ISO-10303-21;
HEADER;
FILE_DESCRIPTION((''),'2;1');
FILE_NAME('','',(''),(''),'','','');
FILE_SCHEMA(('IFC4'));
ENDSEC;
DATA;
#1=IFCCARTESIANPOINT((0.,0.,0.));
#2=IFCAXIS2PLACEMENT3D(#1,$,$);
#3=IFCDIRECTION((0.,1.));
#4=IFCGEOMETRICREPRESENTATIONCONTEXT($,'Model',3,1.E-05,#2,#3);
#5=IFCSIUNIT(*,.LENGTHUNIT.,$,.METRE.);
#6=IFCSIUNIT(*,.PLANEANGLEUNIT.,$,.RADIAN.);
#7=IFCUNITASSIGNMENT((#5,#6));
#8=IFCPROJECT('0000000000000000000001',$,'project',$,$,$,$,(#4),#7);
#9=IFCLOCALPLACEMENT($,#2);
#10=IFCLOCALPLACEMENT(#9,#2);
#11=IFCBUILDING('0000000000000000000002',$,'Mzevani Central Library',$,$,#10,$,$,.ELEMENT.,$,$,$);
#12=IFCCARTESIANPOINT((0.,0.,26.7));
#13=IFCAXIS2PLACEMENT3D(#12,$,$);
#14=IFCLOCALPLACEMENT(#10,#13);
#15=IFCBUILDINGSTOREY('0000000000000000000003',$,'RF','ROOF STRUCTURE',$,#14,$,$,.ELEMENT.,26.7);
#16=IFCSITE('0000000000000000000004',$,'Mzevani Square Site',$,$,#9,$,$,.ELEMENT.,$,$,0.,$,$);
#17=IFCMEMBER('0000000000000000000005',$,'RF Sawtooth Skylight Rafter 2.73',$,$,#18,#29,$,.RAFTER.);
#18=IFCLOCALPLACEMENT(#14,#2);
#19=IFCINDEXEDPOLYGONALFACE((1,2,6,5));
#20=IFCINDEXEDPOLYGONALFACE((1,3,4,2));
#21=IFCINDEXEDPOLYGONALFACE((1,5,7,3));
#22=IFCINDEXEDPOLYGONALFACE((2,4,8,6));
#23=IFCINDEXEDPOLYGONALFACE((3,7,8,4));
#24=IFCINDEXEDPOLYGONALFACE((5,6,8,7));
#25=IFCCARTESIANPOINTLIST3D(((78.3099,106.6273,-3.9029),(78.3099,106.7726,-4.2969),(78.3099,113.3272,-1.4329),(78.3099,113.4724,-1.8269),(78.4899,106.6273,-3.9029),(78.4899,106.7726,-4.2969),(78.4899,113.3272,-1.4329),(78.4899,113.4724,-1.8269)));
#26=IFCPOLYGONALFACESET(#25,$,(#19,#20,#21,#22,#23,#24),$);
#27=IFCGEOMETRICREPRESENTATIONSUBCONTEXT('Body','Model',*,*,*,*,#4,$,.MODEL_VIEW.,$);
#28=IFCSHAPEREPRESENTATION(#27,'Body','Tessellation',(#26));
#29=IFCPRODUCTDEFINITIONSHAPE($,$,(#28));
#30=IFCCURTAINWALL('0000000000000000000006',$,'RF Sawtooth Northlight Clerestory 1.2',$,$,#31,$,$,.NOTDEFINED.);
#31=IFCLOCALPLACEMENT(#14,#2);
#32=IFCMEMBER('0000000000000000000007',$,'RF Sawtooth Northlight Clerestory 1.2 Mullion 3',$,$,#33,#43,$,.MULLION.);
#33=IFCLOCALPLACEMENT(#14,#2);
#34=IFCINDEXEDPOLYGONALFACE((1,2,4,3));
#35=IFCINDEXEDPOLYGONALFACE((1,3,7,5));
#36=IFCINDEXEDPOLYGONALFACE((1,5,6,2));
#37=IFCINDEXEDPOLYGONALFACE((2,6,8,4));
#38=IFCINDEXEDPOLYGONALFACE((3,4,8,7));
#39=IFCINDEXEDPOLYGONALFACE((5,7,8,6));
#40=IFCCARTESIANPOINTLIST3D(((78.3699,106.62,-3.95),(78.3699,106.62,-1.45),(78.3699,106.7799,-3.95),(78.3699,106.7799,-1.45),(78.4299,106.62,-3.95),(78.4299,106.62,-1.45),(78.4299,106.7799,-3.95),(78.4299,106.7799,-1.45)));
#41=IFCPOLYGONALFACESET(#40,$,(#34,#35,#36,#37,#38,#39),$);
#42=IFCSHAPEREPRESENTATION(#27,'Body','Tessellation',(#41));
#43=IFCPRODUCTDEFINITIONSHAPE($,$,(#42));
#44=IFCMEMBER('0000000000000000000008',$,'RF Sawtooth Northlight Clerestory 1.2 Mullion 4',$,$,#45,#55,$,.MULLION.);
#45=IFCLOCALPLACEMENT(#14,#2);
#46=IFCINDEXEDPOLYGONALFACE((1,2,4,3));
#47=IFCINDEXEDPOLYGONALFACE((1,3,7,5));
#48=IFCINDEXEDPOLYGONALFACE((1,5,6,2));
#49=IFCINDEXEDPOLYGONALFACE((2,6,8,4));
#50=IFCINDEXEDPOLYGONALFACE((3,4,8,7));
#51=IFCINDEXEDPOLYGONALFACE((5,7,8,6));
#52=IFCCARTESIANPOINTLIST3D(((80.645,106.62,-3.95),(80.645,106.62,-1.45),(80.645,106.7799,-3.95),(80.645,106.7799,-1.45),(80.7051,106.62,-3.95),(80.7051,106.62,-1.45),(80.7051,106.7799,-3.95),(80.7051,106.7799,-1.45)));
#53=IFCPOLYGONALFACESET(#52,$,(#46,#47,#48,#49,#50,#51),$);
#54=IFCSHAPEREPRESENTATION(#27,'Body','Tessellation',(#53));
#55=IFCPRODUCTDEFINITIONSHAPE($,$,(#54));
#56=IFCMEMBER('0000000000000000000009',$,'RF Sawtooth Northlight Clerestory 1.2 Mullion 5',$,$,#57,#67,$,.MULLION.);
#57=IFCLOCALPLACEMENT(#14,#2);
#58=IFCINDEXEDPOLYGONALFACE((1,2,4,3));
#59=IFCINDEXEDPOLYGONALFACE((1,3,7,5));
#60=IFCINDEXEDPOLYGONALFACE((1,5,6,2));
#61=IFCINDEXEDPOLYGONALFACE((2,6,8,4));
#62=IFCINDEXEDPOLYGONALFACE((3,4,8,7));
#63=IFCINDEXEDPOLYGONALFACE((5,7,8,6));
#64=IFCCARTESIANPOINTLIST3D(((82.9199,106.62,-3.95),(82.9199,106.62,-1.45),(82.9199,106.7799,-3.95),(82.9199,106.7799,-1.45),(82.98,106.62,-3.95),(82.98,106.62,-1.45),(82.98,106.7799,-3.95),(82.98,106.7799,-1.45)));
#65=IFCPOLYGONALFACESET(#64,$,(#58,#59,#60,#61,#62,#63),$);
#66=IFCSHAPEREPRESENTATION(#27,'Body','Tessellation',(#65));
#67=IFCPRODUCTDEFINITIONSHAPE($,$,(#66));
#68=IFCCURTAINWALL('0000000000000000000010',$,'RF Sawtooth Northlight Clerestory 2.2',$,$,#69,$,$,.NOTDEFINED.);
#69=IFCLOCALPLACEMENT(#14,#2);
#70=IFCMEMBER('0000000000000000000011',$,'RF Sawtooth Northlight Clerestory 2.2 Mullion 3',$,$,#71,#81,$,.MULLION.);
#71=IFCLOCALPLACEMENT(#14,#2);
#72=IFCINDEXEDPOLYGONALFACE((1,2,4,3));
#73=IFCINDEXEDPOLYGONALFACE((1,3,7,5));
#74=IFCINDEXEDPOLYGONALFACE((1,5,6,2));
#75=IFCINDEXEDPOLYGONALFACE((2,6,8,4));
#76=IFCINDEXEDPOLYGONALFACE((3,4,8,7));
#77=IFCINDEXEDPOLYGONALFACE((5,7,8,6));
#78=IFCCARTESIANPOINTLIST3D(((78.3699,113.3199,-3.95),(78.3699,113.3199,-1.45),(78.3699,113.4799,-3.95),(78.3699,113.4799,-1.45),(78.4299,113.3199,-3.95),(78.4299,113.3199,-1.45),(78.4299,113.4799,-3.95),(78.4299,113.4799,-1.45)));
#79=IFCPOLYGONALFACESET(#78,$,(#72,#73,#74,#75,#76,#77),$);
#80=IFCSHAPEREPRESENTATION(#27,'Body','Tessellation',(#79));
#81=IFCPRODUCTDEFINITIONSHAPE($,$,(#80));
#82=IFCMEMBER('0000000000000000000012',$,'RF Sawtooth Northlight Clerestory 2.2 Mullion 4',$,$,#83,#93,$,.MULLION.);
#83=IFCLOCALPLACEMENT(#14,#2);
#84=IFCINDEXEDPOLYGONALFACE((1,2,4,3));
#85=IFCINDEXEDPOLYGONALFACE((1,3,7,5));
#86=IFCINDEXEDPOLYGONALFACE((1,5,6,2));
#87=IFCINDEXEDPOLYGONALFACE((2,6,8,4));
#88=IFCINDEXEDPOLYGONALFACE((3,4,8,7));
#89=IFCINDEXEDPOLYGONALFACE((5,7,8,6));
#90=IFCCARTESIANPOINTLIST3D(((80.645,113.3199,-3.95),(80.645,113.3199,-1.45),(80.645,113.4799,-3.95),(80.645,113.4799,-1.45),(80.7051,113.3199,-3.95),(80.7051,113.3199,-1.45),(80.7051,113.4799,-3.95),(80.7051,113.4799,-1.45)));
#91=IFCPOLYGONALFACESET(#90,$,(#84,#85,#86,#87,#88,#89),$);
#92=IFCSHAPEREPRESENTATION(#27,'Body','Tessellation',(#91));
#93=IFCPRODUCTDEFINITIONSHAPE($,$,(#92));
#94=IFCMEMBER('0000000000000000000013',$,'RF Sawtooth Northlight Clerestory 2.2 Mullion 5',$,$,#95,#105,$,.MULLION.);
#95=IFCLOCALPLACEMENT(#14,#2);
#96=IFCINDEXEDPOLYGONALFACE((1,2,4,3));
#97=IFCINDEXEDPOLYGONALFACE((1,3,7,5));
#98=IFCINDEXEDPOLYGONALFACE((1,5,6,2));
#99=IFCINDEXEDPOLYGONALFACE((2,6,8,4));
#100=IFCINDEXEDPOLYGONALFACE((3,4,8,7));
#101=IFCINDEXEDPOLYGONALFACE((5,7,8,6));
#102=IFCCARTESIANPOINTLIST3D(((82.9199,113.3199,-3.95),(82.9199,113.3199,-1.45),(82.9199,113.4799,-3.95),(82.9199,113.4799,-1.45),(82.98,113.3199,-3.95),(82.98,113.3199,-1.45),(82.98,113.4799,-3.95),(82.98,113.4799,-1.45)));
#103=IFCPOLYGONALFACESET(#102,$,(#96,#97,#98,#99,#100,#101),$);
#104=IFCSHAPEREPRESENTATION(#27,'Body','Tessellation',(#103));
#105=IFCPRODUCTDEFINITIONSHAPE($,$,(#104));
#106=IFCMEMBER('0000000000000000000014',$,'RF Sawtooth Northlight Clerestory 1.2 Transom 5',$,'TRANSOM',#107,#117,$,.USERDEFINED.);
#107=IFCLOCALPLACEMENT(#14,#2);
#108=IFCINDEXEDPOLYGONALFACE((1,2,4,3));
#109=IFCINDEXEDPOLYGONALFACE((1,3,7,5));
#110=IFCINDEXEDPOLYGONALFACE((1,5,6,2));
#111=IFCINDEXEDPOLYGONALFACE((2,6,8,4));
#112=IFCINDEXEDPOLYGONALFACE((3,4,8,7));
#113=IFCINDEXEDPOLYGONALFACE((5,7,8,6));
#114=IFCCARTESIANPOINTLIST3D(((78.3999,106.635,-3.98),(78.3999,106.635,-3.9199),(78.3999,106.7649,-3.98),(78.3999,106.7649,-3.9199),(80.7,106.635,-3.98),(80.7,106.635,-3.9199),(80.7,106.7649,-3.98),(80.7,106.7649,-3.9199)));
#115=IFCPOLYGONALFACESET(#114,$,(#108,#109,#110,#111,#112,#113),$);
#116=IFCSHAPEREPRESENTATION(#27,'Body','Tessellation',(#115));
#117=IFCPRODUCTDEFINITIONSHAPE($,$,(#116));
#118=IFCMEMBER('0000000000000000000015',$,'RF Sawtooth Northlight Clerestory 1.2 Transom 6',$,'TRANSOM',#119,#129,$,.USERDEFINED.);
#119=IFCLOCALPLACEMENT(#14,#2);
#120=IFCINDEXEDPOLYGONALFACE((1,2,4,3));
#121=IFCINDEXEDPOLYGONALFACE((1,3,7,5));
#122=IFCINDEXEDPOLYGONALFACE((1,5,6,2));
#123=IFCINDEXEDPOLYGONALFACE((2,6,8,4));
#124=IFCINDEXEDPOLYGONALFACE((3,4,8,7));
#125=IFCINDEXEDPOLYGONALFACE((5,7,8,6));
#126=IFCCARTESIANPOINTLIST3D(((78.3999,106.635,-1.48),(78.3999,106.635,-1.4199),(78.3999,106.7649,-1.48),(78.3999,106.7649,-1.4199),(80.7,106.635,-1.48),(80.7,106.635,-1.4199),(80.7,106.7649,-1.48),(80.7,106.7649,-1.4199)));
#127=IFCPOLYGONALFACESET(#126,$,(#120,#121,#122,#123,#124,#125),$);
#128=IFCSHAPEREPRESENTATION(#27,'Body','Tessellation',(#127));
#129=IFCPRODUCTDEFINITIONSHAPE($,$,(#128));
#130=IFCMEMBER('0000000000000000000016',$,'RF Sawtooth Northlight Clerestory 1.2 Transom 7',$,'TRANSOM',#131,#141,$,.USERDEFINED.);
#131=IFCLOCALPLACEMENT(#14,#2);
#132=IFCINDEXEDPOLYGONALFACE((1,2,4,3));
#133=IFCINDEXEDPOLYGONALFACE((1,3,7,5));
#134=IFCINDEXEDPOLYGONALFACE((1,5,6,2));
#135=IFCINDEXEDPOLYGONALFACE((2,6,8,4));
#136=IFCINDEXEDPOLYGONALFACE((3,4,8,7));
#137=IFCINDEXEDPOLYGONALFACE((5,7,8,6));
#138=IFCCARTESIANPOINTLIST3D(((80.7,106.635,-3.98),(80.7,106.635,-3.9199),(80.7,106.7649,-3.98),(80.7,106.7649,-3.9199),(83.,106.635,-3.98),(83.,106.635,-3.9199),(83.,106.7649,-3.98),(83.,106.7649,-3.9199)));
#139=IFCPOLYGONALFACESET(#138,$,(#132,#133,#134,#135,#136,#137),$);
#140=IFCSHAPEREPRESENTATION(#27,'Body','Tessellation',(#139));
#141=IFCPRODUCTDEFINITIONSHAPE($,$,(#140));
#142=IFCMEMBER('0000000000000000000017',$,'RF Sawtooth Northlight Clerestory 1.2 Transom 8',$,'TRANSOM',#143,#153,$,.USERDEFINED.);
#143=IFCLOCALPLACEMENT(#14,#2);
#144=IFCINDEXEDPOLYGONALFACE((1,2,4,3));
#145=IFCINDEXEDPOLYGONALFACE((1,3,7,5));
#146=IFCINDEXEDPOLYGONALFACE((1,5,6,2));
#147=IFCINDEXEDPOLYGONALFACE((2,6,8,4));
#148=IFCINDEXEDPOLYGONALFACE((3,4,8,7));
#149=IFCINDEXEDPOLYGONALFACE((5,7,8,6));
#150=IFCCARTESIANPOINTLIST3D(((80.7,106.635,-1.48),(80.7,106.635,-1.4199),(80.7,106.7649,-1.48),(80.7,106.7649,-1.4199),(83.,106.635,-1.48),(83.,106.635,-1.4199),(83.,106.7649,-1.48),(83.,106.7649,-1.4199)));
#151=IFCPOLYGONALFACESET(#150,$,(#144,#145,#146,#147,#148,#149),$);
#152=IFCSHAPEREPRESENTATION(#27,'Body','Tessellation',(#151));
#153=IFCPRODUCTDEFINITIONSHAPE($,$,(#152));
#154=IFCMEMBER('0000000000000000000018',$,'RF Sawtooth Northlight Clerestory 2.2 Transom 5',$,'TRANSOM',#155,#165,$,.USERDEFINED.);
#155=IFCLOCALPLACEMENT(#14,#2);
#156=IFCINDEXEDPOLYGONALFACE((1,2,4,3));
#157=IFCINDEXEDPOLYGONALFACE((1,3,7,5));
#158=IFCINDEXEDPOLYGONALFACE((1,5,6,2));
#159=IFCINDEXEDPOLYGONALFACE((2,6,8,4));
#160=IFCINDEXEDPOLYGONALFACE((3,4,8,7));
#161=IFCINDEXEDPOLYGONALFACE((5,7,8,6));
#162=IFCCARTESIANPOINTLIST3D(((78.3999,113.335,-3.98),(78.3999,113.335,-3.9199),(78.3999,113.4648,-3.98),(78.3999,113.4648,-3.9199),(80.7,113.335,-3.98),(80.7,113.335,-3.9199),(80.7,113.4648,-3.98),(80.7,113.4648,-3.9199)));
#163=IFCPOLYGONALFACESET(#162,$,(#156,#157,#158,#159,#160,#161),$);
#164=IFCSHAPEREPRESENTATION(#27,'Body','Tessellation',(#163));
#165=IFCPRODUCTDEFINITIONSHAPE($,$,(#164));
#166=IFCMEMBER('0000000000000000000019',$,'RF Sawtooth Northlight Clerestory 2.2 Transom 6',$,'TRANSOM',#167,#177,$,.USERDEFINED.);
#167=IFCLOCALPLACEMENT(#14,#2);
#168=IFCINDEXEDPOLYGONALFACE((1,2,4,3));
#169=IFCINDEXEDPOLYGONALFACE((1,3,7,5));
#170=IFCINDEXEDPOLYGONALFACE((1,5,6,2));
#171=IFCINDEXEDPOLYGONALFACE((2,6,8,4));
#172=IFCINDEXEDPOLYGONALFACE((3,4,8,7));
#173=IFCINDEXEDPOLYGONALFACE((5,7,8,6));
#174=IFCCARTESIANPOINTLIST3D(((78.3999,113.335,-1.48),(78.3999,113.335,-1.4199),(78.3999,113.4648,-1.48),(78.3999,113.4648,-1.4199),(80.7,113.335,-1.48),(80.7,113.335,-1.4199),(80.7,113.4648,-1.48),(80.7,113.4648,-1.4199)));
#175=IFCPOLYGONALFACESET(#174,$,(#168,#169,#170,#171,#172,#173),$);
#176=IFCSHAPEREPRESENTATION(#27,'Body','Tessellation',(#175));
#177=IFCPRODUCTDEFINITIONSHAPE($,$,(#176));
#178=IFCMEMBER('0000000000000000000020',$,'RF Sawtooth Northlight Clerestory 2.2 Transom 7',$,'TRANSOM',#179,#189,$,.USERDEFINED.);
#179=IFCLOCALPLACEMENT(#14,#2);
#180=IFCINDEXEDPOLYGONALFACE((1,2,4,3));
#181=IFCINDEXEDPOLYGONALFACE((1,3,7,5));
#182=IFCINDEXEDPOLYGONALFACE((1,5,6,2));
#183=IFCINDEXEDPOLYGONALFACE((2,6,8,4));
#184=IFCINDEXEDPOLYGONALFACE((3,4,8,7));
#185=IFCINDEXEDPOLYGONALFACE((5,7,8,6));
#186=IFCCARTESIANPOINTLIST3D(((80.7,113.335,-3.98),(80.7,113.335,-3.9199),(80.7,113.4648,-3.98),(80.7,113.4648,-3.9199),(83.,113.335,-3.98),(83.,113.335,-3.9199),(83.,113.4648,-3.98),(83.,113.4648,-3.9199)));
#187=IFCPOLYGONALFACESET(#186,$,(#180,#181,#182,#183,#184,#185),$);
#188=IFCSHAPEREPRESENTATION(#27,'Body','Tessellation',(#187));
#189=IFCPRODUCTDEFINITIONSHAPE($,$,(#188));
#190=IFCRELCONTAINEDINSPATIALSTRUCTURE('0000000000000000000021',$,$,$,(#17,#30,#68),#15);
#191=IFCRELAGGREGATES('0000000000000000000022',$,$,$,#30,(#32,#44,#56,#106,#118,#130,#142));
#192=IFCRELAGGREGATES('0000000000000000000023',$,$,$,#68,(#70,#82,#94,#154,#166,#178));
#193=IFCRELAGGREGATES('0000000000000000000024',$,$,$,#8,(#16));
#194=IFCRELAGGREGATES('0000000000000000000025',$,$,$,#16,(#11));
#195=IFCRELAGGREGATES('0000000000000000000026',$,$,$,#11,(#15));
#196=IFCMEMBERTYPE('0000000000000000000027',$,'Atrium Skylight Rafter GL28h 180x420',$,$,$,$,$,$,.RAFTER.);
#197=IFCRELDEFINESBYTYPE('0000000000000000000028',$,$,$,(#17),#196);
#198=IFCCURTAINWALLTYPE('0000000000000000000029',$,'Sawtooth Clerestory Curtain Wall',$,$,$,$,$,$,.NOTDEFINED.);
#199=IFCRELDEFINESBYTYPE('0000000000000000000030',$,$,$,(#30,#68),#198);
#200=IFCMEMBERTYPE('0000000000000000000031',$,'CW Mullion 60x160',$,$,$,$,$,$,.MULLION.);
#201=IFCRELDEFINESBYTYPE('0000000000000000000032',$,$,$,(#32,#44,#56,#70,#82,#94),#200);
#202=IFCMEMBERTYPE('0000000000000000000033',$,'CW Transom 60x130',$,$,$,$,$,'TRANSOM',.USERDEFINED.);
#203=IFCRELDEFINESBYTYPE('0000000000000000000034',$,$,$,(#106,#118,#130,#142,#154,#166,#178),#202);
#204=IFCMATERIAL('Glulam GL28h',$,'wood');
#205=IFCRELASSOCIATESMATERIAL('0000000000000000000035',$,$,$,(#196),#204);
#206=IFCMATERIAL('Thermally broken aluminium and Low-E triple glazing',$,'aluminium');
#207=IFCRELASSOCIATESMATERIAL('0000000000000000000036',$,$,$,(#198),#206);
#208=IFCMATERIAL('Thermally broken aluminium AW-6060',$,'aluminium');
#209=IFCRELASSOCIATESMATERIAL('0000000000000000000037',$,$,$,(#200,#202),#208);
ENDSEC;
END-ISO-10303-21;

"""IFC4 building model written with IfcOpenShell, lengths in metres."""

from ifc_helpers import new_model, si_unit, direction, frame, origin, origin_2d, place, context, subcontext, project, spatial, rectangle, extrude, material, material_profile, profile_set, type_object, element, aggregate, save


model = new_model("IFC4")

# Units and contexts
model_context = context("Model", 3, precision=1e-05, world=origin(), true_north=direction((0.0, 1.0)))
body_context = subcontext(model_context, "Body", "Model", "MODEL_VIEW")
ifc_project = project(units=[si_unit("LENGTHUNIT", "METRE"), si_unit("PLANEANGLEUNIT", "RADIAN")], contexts=[model_context])

# Site, building, storey
site_placement = place(None, origin())
site = spatial("IfcSite", under=ifc_project, at=site_placement, Name="Mzevani Square Site", CompositionType="ELEMENT", RefElevation=0.0)
building_placement = place(site_placement, origin())
building = spatial("IfcBuilding", under=site, at=building_placement, Name="Mzevani Central Library", CompositionType="ELEMENT")
storey_placement = place(building_placement, frame((0.0, 0.0, 26.7)))
storey = spatial("IfcBuildingStorey", under=building, at=storey_placement, Name="RF", Description="ROOF STRUCTURE", CompositionType="ELEMENT", Elevation=26.7)

# Member
ifc_material_1 = material(Name="Glulam GL28h", Category="wood")
ifc_material_profile_1 = material_profile(ifc_material_1, rectangle(XDim=0.1799, YDim=0.4199, at=origin_2d()), Name="GL28h 180x420")
ifc_profile_set_1 = profile_set([ifc_material_profile_1], Name="Glulam GL28h")
member_type_1 = type_object("IfcMemberType", Name="Atrium Skylight Rafter GL28h 180x420", PredefinedType="RAFTER", material=ifc_profile_set_1)
member_1_placement = place(storey_placement, frame((78.3999, 106.7, -4.0999), z_axis=(0.0, 0.938272, 0.345899), x_axis=(-1.0, 0.0, 0.0)))
element("IfcMember", 1, at=member_1_placement, inside=storey, type_object=member_type_1, Name="RF Sawtooth Skylight Rafter 2.73", PredefinedType="RAFTER", context=body_context, shape_type="SweptSolid", body=[
    extrude(rectangle(XDim=0.1799, YDim=0.4199, at=origin_2d()), origin(), (0.0, 0.0, 1.0), 7.1406),
])

# Curtain walls, members
ifc_material_2 = material(Name="Thermally broken aluminium and Low-E triple glazing", Category="aluminium")
curtain_wall_type = type_object("IfcCurtainWallType", Name="Sawtooth Clerestory Curtain Wall", PredefinedType="NOTDEFINED", material=ifc_material_2)
curtain_wall_1_placement = place(storey_placement, origin())
curtain_wall_1 = element("IfcCurtainWall", 2, at=curtain_wall_1_placement, inside=storey, type_object=curtain_wall_type, Name="RF Sawtooth Northlight Clerestory 1.2", PredefinedType="NOTDEFINED")
ifc_material_3 = material(Name="Thermally broken aluminium AW-6060", Category="aluminium")
ifc_material_profile_2 = material_profile(ifc_material_3, rectangle(XDim=0.0601, YDim=0.1599, at=origin_2d()), Name="ALU M60x160")
ifc_profile_set_2 = profile_set([ifc_material_profile_2], Name="Thermally broken aluminium AW-6060")
member_type_2 = type_object("IfcMemberType", Name="CW Mullion 60x160", PredefinedType="MULLION", material=ifc_profile_set_2)
member_2_placement = place(storey_placement, frame((78.3999, 106.7, -3.95), z_axis=(0.0, 0.0, 1.0), x_axis=(1.0, 0.0, 0.0)))
member_2 = element("IfcMember", 3, at=member_2_placement, type_object=member_type_2, Name="RF Sawtooth Northlight Clerestory 1.2 Mullion 3", PredefinedType="MULLION", context=body_context, shape_type="SweptSolid", body=[
    extrude(rectangle(XDim=0.0601, YDim=0.1599, at=origin_2d()), origin(), (0.0, 0.0, 1.0), 2.5),
])
member_3_placement = place(storey_placement, frame((80.675, 106.7, -3.95), z_axis=(0.0, 0.0, 1.0), x_axis=(1.0, 0.0, 0.0)))
member_3 = element("IfcMember", 4, at=member_3_placement, type_object=member_type_2, Name="RF Sawtooth Northlight Clerestory 1.2 Mullion 4", PredefinedType="MULLION", context=body_context, shape_type="SweptSolid", body=[
    extrude(rectangle(XDim=0.0601, YDim=0.1599, at=origin_2d()), origin(), (0.0, 0.0, 1.0), 2.5),
])
member_4_placement = place(storey_placement, frame((82.95, 106.7, -3.95), z_axis=(0.0, 0.0, 1.0), x_axis=(1.0, 0.0, 0.0)))
member_4 = element("IfcMember", 5, at=member_4_placement, type_object=member_type_2, Name="RF Sawtooth Northlight Clerestory 1.2 Mullion 5", PredefinedType="MULLION", context=body_context, shape_type="SweptSolid", body=[
    extrude(rectangle(XDim=0.0601, YDim=0.1599, at=origin_2d()), origin(), (0.0, 0.0, 1.0), 2.5),
])
curtain_wall_2_placement = place(storey_placement, origin())
curtain_wall_2 = element("IfcCurtainWall", 6, at=curtain_wall_2_placement, inside=storey, type_object=curtain_wall_type, Name="RF Sawtooth Northlight Clerestory 2.2", PredefinedType="NOTDEFINED")
member_5_placement = place(storey_placement, frame((78.3999, 113.3999, -3.95), z_axis=(0.0, 0.0, 1.0), x_axis=(1.0, 0.0, 0.0)))
member_5 = element("IfcMember", 7, at=member_5_placement, type_object=member_type_2, Name="RF Sawtooth Northlight Clerestory 2.2 Mullion 3", PredefinedType="MULLION", context=body_context, shape_type="SweptSolid", body=[
    extrude(rectangle(XDim=0.0601, YDim=0.1599, at=origin_2d()), origin(), (0.0, 0.0, 1.0), 2.5),
])
member_6_placement = place(storey_placement, frame((80.675, 113.3999, -3.95), z_axis=(0.0, 0.0, 1.0), x_axis=(1.0, 0.0, 0.0)))
member_6 = element("IfcMember", 8, at=member_6_placement, type_object=member_type_2, Name="RF Sawtooth Northlight Clerestory 2.2 Mullion 4", PredefinedType="MULLION", context=body_context, shape_type="SweptSolid", body=[
    extrude(rectangle(XDim=0.0601, YDim=0.1599, at=origin_2d()), origin(), (0.0, 0.0, 1.0), 2.5),
])
member_7_placement = place(storey_placement, frame((82.95, 113.3999, -3.95), z_axis=(0.0, 0.0, 1.0), x_axis=(1.0, 0.0, 0.0)))
member_7 = element("IfcMember", 9, at=member_7_placement, type_object=member_type_2, Name="RF Sawtooth Northlight Clerestory 2.2 Mullion 5", PredefinedType="MULLION", context=body_context, shape_type="SweptSolid", body=[
    extrude(rectangle(XDim=0.0601, YDim=0.1599, at=origin_2d()), origin(), (0.0, 0.0, 1.0), 2.5),
])

# Members
ifc_material_profile_3 = material_profile(ifc_material_3, rectangle(XDim=0.1299, YDim=0.0601, at=origin_2d()), Name="ALU T60x130")
ifc_profile_set_3 = profile_set([ifc_material_profile_3], Name="Thermally broken aluminium AW-6060")
member_type_3 = type_object("IfcMemberType", Name="CW Transom 60x130", ElementType="TRANSOM", PredefinedType="USERDEFINED", material=ifc_profile_set_3)
member_8_placement = place(storey_placement, frame((78.3999, 106.7, -3.95), z_axis=(1.0, 0.0, 0.0), x_axis=(0.0, 1.0, 0.0)))
member_8 = element("IfcMember", 10, at=member_8_placement, type_object=member_type_3, Name="RF Sawtooth Northlight Clerestory 1.2 Transom 5", ObjectType="TRANSOM", PredefinedType="USERDEFINED", context=body_context, shape_type="SweptSolid", body=[
    extrude(rectangle(XDim=0.1299, YDim=0.0601, at=origin_2d()), origin(), (0.0, 0.0, 1.0), 2.3),
])
member_9_placement = place(storey_placement, frame((78.3999, 106.7, -1.45), z_axis=(1.0, 0.0, 0.0), x_axis=(0.0, 1.0, 0.0)))
member_9 = element("IfcMember", 11, at=member_9_placement, type_object=member_type_3, Name="RF Sawtooth Northlight Clerestory 1.2 Transom 6", ObjectType="TRANSOM", PredefinedType="USERDEFINED", context=body_context, shape_type="SweptSolid", body=[
    extrude(rectangle(XDim=0.1299, YDim=0.0601, at=origin_2d()), origin(), (0.0, 0.0, 1.0), 2.3),
])
member_10_placement = place(storey_placement, frame((80.7, 106.7, -3.95), z_axis=(1.0, 0.0, 0.0), x_axis=(0.0, 1.0, 0.0)))
member_10 = element("IfcMember", 12, at=member_10_placement, type_object=member_type_3, Name="RF Sawtooth Northlight Clerestory 1.2 Transom 7", ObjectType="TRANSOM", PredefinedType="USERDEFINED", context=body_context, shape_type="SweptSolid", body=[
    extrude(rectangle(XDim=0.1299, YDim=0.0601, at=origin_2d()), origin(), (0.0, 0.0, 1.0), 2.3),
])
member_11_placement = place(storey_placement, frame((80.7, 106.7, -1.45), z_axis=(1.0, 0.0, 0.0), x_axis=(0.0, 1.0, 0.0)))
member_11 = element("IfcMember", 13, at=member_11_placement, type_object=member_type_3, Name="RF Sawtooth Northlight Clerestory 1.2 Transom 8", ObjectType="TRANSOM", PredefinedType="USERDEFINED", context=body_context, shape_type="SweptSolid", body=[
    extrude(rectangle(XDim=0.1299, YDim=0.0601, at=origin_2d()), origin(), (0.0, 0.0, 1.0), 2.3),
])
member_12_placement = place(storey_placement, frame((78.3999, 113.3999, -3.95), z_axis=(1.0, 0.0, 0.0), x_axis=(0.0, 1.0, 0.0)))
member_12 = element("IfcMember", 14, at=member_12_placement, type_object=member_type_3, Name="RF Sawtooth Northlight Clerestory 2.2 Transom 5", ObjectType="TRANSOM", PredefinedType="USERDEFINED", context=body_context, shape_type="SweptSolid", body=[
    extrude(rectangle(XDim=0.1299, YDim=0.0601, at=origin_2d()), origin(), (0.0, 0.0, 1.0), 2.3),
])
member_13_placement = place(storey_placement, frame((78.3999, 113.3999, -1.45), z_axis=(1.0, 0.0, 0.0), x_axis=(0.0, 1.0, 0.0)))
member_13 = element("IfcMember", 15, at=member_13_placement, type_object=member_type_3, Name="RF Sawtooth Northlight Clerestory 2.2 Transom 6", ObjectType="TRANSOM", PredefinedType="USERDEFINED", context=body_context, shape_type="SweptSolid", body=[
    extrude(rectangle(XDim=0.1299, YDim=0.0601, at=origin_2d()), origin(), (0.0, 0.0, 1.0), 2.3),
])
member_14_placement = place(storey_placement, frame((80.7, 113.3999, -3.95), z_axis=(1.0, 0.0, 0.0), x_axis=(0.0, 1.0, 0.0)))
member_14 = element("IfcMember", 16, at=member_14_placement, type_object=member_type_3, Name="RF Sawtooth Northlight Clerestory 2.2 Transom 7", ObjectType="TRANSOM", PredefinedType="USERDEFINED", context=body_context, shape_type="SweptSolid", body=[
    extrude(rectangle(XDim=0.1299, YDim=0.0601, at=origin_2d()), origin(), (0.0, 0.0, 1.0), 2.3),
])

aggregate(curtain_wall_1, [member_2, member_3, member_4, member_8, member_9, member_10, member_11])
aggregate(curtain_wall_2, [member_5, member_6, member_7, member_12, member_13, member_14])

save(model, "model.ifc")
